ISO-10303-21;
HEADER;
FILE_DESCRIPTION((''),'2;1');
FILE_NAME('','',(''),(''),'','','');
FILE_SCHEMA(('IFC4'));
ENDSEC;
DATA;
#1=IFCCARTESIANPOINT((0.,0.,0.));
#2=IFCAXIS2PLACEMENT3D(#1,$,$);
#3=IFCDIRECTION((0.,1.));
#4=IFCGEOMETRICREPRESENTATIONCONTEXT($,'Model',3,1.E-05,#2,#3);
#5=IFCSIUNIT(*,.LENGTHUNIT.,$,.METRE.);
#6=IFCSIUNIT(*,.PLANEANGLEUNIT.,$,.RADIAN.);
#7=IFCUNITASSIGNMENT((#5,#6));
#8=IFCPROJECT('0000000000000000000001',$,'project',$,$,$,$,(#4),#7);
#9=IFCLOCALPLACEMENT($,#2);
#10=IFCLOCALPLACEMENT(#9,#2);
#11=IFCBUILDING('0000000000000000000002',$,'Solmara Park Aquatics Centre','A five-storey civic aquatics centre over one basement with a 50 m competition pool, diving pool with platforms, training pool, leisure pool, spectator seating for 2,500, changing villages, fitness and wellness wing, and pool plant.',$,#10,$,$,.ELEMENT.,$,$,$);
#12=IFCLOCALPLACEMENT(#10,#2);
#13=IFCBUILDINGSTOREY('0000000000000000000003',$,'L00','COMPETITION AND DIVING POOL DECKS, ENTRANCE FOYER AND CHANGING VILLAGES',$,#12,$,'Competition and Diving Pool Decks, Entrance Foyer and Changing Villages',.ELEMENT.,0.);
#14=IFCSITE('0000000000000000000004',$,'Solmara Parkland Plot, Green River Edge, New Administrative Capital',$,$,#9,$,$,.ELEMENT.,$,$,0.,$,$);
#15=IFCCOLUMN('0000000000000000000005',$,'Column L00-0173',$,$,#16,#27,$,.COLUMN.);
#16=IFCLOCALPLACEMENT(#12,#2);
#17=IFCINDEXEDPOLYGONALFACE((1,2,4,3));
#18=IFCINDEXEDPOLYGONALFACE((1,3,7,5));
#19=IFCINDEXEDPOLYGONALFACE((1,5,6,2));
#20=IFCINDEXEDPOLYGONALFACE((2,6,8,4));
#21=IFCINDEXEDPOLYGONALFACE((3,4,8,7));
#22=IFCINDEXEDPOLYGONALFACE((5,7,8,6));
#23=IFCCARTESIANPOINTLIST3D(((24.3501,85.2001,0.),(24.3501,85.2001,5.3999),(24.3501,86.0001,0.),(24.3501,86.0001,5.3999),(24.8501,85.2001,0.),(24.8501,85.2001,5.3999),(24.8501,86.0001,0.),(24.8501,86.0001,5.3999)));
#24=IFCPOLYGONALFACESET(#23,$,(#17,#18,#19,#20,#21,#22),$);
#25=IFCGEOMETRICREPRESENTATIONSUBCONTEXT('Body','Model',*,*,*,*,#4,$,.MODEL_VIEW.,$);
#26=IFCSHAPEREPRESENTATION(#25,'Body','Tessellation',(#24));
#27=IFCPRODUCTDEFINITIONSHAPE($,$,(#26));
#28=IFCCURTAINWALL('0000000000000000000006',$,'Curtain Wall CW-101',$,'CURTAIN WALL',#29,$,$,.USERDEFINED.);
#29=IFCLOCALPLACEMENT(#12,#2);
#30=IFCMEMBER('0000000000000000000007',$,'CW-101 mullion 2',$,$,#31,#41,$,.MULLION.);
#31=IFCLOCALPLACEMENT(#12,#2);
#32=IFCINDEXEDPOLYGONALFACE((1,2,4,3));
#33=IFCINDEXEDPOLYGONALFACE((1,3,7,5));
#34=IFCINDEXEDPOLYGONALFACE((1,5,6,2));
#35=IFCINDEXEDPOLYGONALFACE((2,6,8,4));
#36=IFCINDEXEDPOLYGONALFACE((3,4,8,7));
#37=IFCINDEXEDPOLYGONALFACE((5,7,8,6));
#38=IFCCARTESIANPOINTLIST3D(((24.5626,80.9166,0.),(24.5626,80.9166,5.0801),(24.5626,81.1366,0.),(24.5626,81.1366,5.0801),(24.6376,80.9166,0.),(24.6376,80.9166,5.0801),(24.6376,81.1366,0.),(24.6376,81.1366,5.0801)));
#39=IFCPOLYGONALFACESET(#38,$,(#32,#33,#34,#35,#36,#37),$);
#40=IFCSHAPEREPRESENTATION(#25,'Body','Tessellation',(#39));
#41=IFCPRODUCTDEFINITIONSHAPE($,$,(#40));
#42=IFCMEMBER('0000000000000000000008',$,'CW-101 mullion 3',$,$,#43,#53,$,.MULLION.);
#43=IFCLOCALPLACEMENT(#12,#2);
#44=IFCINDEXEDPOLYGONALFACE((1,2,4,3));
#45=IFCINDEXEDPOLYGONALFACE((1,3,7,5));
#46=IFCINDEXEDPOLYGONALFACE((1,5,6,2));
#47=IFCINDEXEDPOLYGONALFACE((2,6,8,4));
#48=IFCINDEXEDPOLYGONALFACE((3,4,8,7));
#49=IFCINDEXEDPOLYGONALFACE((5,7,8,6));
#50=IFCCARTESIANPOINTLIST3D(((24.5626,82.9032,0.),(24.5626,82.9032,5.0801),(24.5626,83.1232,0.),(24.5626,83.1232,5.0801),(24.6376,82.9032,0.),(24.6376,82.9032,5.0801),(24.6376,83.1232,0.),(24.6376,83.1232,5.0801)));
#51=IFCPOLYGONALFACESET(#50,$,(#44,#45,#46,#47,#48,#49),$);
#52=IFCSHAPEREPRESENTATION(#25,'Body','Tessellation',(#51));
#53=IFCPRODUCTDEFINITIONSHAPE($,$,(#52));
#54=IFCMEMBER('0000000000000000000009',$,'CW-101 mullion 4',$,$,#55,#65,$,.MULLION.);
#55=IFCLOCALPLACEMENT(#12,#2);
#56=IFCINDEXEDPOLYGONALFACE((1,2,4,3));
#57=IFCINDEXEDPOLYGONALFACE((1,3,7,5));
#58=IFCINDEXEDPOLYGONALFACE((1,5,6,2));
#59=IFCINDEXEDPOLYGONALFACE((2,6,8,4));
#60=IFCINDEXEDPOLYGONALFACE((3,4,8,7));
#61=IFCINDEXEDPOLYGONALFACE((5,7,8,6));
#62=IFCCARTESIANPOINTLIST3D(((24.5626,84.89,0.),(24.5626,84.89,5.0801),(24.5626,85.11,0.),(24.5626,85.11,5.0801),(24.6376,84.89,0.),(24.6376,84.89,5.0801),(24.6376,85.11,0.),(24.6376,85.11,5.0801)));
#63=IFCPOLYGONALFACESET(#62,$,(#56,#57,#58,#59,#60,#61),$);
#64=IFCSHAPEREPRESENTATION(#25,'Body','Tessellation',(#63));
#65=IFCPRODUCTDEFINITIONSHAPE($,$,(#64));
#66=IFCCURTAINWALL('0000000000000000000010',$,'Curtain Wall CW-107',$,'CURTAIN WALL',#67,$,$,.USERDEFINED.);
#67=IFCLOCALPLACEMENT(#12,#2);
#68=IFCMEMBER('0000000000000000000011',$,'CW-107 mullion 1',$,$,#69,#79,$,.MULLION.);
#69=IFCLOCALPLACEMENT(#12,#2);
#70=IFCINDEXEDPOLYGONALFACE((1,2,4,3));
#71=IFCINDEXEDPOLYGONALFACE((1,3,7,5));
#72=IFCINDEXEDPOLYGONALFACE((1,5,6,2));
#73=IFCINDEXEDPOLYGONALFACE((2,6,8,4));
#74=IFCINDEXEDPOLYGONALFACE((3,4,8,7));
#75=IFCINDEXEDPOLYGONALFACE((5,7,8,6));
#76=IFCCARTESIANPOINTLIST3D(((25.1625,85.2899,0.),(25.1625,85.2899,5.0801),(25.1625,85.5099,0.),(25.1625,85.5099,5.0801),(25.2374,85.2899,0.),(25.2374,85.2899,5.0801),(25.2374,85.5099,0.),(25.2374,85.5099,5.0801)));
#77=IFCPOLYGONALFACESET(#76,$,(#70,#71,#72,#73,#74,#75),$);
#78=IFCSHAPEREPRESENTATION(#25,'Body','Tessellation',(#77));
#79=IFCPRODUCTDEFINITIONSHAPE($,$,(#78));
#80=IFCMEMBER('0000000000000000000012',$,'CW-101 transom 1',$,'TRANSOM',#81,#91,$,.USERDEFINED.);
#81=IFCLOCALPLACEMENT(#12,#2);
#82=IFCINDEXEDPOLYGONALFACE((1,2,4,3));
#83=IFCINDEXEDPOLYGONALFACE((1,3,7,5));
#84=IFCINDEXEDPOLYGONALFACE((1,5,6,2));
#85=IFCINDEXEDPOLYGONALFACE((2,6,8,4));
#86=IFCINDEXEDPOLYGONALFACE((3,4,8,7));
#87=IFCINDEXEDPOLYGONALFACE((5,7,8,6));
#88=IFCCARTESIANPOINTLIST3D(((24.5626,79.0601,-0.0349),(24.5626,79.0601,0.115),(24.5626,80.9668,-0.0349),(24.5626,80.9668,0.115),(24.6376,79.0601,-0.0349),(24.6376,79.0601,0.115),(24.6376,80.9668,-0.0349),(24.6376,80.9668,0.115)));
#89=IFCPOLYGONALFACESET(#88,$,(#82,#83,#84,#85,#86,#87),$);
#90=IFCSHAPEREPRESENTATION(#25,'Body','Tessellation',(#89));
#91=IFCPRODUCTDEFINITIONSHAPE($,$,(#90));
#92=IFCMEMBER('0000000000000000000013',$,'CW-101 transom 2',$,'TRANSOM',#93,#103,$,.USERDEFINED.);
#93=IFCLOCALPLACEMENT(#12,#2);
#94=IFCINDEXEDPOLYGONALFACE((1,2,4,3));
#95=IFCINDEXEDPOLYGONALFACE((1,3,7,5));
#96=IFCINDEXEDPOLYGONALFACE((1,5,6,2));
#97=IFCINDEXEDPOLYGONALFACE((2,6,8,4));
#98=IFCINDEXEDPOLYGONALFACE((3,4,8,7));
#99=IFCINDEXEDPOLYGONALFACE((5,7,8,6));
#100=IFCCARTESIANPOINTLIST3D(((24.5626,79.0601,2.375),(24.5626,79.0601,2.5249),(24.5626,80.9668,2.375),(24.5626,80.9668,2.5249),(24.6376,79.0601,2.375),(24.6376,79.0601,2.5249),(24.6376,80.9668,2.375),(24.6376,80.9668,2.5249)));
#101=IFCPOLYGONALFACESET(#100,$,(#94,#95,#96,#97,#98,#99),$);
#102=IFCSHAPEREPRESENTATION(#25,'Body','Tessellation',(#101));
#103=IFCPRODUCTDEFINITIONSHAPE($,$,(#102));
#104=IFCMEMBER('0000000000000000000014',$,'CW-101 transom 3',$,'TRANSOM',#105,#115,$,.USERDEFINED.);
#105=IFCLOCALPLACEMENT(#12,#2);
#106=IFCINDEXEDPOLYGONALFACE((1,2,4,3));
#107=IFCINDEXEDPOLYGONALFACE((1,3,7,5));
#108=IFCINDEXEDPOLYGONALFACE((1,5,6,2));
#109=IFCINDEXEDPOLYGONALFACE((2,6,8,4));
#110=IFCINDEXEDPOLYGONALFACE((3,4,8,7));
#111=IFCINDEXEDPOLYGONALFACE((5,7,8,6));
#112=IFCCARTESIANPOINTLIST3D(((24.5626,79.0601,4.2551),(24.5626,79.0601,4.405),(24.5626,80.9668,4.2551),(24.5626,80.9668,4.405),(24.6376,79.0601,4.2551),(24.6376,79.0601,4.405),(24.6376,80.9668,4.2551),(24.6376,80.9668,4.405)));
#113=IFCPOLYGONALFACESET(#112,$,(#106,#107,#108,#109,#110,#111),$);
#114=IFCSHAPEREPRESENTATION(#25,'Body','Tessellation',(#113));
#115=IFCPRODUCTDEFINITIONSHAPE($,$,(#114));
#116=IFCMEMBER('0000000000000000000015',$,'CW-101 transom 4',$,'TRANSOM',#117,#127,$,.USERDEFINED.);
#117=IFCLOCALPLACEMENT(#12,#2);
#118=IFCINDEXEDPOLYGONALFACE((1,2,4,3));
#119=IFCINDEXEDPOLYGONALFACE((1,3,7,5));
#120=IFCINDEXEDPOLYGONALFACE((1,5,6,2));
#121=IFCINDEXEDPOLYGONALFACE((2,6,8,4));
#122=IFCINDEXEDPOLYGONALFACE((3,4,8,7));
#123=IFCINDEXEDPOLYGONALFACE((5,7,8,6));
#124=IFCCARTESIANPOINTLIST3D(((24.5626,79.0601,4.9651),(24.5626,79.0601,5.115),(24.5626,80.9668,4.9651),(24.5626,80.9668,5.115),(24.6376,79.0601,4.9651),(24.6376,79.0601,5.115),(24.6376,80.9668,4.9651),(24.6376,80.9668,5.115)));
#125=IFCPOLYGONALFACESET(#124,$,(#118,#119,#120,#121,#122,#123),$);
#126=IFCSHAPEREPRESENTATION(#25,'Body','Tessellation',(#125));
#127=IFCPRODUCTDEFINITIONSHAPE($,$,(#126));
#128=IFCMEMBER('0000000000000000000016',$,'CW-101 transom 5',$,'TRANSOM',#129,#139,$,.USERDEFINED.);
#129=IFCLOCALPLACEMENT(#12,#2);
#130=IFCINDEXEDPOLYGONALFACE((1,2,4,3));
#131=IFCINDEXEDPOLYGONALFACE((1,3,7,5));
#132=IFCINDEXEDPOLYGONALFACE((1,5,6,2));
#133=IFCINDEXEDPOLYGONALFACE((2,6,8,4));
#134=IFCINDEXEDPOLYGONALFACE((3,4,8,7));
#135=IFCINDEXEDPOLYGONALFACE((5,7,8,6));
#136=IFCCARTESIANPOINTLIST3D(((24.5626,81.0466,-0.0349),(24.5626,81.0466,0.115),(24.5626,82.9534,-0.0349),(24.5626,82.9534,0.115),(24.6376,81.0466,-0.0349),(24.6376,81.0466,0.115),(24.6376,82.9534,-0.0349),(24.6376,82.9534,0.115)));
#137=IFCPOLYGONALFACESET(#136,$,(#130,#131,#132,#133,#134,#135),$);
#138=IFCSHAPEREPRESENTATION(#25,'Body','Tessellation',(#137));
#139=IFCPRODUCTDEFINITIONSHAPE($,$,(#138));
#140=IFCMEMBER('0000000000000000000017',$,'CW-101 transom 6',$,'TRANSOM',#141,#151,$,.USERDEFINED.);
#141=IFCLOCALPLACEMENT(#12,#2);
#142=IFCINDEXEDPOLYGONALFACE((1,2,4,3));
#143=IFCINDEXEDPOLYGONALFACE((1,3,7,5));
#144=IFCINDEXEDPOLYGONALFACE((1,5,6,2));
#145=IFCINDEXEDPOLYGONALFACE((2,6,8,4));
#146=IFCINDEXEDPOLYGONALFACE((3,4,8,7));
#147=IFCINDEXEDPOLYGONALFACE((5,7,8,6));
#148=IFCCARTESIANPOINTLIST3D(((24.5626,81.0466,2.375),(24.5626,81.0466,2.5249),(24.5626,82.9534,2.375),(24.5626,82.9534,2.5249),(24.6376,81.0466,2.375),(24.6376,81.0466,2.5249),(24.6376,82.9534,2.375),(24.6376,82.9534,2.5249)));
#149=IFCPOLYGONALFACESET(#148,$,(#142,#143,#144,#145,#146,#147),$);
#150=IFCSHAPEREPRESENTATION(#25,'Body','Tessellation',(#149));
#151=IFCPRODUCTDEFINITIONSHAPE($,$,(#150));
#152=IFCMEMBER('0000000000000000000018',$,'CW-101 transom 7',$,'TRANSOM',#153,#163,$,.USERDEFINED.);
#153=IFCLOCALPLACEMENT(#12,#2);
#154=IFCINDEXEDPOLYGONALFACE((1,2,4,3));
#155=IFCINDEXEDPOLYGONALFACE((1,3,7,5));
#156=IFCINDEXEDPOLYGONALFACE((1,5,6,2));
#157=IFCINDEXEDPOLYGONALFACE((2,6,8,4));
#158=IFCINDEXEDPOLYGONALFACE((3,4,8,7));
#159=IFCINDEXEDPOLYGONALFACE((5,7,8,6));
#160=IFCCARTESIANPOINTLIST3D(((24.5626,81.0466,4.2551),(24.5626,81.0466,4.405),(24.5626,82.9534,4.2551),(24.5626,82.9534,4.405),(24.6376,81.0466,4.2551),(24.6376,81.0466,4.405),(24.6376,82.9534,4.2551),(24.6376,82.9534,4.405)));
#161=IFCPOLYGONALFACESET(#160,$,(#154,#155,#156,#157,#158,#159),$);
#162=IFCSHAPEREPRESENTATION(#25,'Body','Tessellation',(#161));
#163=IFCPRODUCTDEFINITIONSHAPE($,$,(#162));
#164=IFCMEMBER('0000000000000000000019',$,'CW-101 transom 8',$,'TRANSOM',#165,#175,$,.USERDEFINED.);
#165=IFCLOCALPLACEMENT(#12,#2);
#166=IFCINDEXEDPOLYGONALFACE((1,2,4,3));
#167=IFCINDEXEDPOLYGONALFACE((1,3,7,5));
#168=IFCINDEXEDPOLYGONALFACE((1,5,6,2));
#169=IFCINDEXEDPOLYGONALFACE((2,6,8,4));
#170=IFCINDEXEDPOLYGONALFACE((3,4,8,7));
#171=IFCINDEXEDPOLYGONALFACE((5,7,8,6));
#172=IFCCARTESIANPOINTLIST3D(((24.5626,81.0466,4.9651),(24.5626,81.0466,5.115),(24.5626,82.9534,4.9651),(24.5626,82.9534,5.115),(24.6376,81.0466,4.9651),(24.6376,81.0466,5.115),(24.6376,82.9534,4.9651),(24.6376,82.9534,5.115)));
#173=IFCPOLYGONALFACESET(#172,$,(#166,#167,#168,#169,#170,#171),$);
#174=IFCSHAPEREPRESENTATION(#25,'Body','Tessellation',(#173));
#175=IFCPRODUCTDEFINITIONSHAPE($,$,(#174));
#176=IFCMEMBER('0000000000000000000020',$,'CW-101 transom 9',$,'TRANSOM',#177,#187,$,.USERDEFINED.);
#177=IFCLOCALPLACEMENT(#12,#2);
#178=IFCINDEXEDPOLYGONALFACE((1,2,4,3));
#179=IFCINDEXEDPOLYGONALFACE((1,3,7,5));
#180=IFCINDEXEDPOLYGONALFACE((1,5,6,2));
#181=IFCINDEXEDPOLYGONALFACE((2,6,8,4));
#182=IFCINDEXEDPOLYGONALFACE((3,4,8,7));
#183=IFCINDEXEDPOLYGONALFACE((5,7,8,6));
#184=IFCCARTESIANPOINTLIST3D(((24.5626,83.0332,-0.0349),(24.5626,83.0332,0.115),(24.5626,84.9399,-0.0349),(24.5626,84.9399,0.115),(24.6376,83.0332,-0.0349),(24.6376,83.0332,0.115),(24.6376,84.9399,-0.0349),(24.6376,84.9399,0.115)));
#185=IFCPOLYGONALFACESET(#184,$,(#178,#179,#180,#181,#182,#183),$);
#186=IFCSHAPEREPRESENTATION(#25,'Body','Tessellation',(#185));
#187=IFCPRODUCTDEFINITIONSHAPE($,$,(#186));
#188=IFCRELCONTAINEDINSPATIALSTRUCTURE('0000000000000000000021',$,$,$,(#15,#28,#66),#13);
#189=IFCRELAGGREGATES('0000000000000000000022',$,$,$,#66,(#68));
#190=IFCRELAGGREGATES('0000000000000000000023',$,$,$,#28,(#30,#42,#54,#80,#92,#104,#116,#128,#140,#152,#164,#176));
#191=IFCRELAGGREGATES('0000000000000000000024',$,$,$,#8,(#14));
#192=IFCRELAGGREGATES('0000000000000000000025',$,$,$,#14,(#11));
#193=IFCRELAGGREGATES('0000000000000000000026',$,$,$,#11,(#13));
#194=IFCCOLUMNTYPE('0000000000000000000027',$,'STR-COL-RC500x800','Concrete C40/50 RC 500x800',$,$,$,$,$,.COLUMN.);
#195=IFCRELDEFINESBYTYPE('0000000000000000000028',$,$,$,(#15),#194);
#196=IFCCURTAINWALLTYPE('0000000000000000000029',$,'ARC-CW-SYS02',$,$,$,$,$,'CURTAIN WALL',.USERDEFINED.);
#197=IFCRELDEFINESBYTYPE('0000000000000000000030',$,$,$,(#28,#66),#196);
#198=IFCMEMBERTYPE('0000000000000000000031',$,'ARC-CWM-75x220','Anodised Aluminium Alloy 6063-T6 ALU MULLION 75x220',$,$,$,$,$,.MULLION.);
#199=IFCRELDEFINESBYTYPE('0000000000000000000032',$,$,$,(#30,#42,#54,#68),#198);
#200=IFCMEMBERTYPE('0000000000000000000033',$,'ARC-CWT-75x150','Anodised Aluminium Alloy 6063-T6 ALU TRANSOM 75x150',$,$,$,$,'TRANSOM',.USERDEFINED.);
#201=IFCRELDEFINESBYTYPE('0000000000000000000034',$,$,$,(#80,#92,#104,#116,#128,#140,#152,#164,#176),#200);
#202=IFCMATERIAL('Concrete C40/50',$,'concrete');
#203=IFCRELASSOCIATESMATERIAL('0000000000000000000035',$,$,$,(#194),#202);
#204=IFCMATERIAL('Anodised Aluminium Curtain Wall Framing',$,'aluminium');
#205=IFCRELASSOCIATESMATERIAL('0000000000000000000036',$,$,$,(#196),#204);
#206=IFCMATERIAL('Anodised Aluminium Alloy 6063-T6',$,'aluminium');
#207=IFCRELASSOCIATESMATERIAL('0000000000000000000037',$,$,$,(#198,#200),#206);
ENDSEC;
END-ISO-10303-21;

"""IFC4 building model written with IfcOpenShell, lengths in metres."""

from ifc_helpers import new_model, si_unit, direction, frame, origin, origin_2d, place, context, subcontext, project, spatial, rectangle, extrude, material, material_profile, profile_set, type_object, element, aggregate, save


model = new_model("IFC4")

# Units and contexts
model_context = context("Model", 3, precision=1e-05, world=origin(), true_north=direction((0.0, 1.0)))
body_context = subcontext(model_context, "Body", "Model", "MODEL_VIEW")
ifc_project = project(units=[si_unit("LENGTHUNIT", "METRE"), si_unit("PLANEANGLEUNIT", "RADIAN")], contexts=[model_context])

# Site, building, storey
site_placement = place(None, origin())
site = spatial("IfcSite", under=ifc_project, at=site_placement, Name="Solmara Parkland Plot, Green River Edge, New Administrative Capital", CompositionType="ELEMENT", RefElevation=0.0)
building_placement = place(site_placement, origin())
building = spatial("IfcBuilding", under=site, at=building_placement, Name="Solmara Park Aquatics Centre", Description="A five-storey civic aquatics centre over one basement with a 50 m competition pool, diving pool with platforms, training pool, leisure pool, spectator seating for 2,500, changing villages, fitness and wellness wing, and pool plant.", CompositionType="ELEMENT")
storey_placement = place(building_placement, origin())
storey = spatial("IfcBuildingStorey", under=building, at=storey_placement, Name="L00", Description="COMPETITION AND DIVING POOL DECKS, ENTRANCE FOYER AND CHANGING VILLAGES", LongName="Competition and Diving Pool Decks, Entrance Foyer and Changing Villages", CompositionType="ELEMENT", Elevation=0.0)

# Column
ifc_material_1 = material(Name="Concrete C40/50", Category="concrete")
ifc_material_profile_1 = material_profile(ifc_material_1, rectangle(XDim=0.5, YDim=0.8, at=origin_2d()), Name="RC 500x800")
ifc_profile_set_1 = profile_set([ifc_material_profile_1], Name="Concrete C40/50")
column_type = type_object("IfcColumnType", Name="STR-COL-RC500x800", Description="Concrete C40/50 RC 500x800", PredefinedType="COLUMN", material=ifc_profile_set_1)
column_placement = place(storey_placement, frame((24.6001, 85.6001, 0.0), z_axis=(0.0, 0.0, 1.0), x_axis=(1.0, 0.0, 0.0)))
element("IfcColumn", 1, at=column_placement, inside=storey, type_object=column_type, Name="Column L00-0173", PredefinedType="COLUMN", context=body_context, shape_type="SweptSolid", body=[
    extrude(rectangle(XDim=0.5, YDim=0.8, at=origin_2d()), origin(), (0.0, 0.0, 1.0), 5.3999),
])

# Curtain wall, members
ifc_material_2 = material(Name="Anodised Aluminium Curtain Wall Framing", Category="aluminium")
curtain_wall_type = type_object("IfcCurtainWallType", Name="ARC-CW-SYS02", ElementType="CURTAIN WALL", PredefinedType="USERDEFINED", material=ifc_material_2)
curtain_wall_1_placement = place(storey_placement, origin())
curtain_wall_1 = element("IfcCurtainWall", 2, at=curtain_wall_1_placement, inside=storey, type_object=curtain_wall_type, Name="Curtain Wall CW-101", ObjectType="CURTAIN WALL", PredefinedType="USERDEFINED")
ifc_material_3 = material(Name="Anodised Aluminium Alloy 6063-T6", Category="aluminium")
ifc_material_profile_2 = material_profile(ifc_material_3, rectangle(XDim=0.075, YDim=0.22, at=origin_2d()), Name="ALU MULLION 75x220")
ifc_profile_set_2 = profile_set([ifc_material_profile_2], Name="Anodised Aluminium Alloy 6063-T6")
member_type_1 = type_object("IfcMemberType", Name="ARC-CWM-75x220", Description="Anodised Aluminium Alloy 6063-T6 ALU MULLION 75x220", PredefinedType="MULLION", material=ifc_profile_set_2)
member_1_placement = place(storey_placement, frame((24.6001, 81.0266, 0.0), z_axis=(0.0, 0.0, 1.0), x_axis=(1.0, 0.0, 0.0)))
member_1 = element("IfcMember", 3, at=member_1_placement, type_object=member_type_1, Name="CW-101 mullion 2", PredefinedType="MULLION", context=body_context, shape_type="SweptSolid", body=[
    extrude(rectangle(XDim=0.075, YDim=0.22, at=origin_2d()), origin(), (0.0, 0.0, 1.0), 5.0801),
])
member_2_placement = place(storey_placement, frame((24.6001, 83.0132, 0.0), z_axis=(0.0, 0.0, 1.0), x_axis=(1.0, 0.0, 0.0)))
member_2 = element("IfcMember", 4, at=member_2_placement, type_object=member_type_1, Name="CW-101 mullion 3", PredefinedType="MULLION", context=body_context, shape_type="SweptSolid", body=[
    extrude(rectangle(XDim=0.075, YDim=0.22, at=origin_2d()), origin(), (0.0, 0.0, 1.0), 5.0801),
])
member_3_placement = place(storey_placement, frame((24.6001, 85.0, 0.0), z_axis=(0.0, 0.0, 1.0), x_axis=(1.0, 0.0, 0.0)))
member_3 = element("IfcMember", 5, at=member_3_placement, type_object=member_type_1, Name="CW-101 mullion 4", PredefinedType="MULLION", context=body_context, shape_type="SweptSolid", body=[
    extrude(rectangle(XDim=0.075, YDim=0.22, at=origin_2d()), origin(), (0.0, 0.0, 1.0), 5.0801),
])

# Curtain wall, member
curtain_wall_2_placement = place(storey_placement, origin())
curtain_wall_2 = element("IfcCurtainWall", 6, at=curtain_wall_2_placement, inside=storey, type_object=curtain_wall_type, Name="Curtain Wall CW-107", ObjectType="CURTAIN WALL", PredefinedType="USERDEFINED")
member_4_placement = place(storey_placement, frame((25.2, 85.3999, 0.0), z_axis=(0.0, 0.0, 1.0), x_axis=(1.0, 0.0, 0.0)))
member_4 = element("IfcMember", 7, at=member_4_placement, type_object=member_type_1, Name="CW-107 mullion 1", PredefinedType="MULLION", context=body_context, shape_type="SweptSolid", body=[
    extrude(rectangle(XDim=0.075, YDim=0.22, at=origin_2d()), origin(), (0.0, 0.0, 1.0), 5.0801),
])

# Members
ifc_material_profile_3 = material_profile(ifc_material_3, rectangle(XDim=0.075, YDim=0.1499, at=origin_2d()), Name="ALU TRANSOM 75x150")
ifc_profile_set_3 = profile_set([ifc_material_profile_3], Name="Anodised Aluminium Alloy 6063-T6")
member_type_2 = type_object("IfcMemberType", Name="ARC-CWT-75x150", Description="Anodised Aluminium Alloy 6063-T6 ALU TRANSOM 75x150", ElementType="TRANSOM", PredefinedType="USERDEFINED", material=ifc_profile_set_3)
member_5_placement = place(storey_placement, frame((24.6001, 79.0601, 0.04), z_axis=(0.0, 1.0, 0.0), x_axis=(-1.0, 0.0, 0.0)))
member_5 = element("IfcMember", 8, at=member_5_placement, type_object=member_type_2, Name="CW-101 transom 1", ObjectType="TRANSOM", PredefinedType="USERDEFINED", context=body_context, shape_type="SweptSolid", body=[
    extrude(rectangle(XDim=0.075, YDim=0.1499, at=origin_2d()), origin(), (0.0, 0.0, 1.0), 1.9067),
])
member_6_placement = place(storey_placement, frame((24.6001, 79.0601, 2.45), z_axis=(0.0, 1.0, 0.0), x_axis=(-1.0, 0.0, 0.0)))
member_6 = element("IfcMember", 9, at=member_6_placement, type_object=member_type_2, Name="CW-101 transom 2", ObjectType="TRANSOM", PredefinedType="USERDEFINED", context=body_context, shape_type="SweptSolid", body=[
    extrude(rectangle(XDim=0.075, YDim=0.1499, at=origin_2d()), origin(), (0.0, 0.0, 1.0), 1.9067),
])
member_7_placement = place(storey_placement, frame((24.6001, 79.0601, 4.3301), z_axis=(0.0, 1.0, 0.0), x_axis=(-1.0, 0.0, 0.0)))
member_7 = element("IfcMember", 10, at=member_7_placement, type_object=member_type_2, Name="CW-101 transom 3", ObjectType="TRANSOM", PredefinedType="USERDEFINED", context=body_context, shape_type="SweptSolid", body=[
    extrude(rectangle(XDim=0.075, YDim=0.1499, at=origin_2d()), origin(), (0.0, 0.0, 1.0), 1.9067),
])
member_8_placement = place(storey_placement, frame((24.6001, 79.0601, 5.04), z_axis=(0.0, 1.0, 0.0), x_axis=(-1.0, 0.0, 0.0)))
member_8 = element("IfcMember", 11, at=member_8_placement, type_object=member_type_2, Name="CW-101 transom 4", ObjectType="TRANSOM", PredefinedType="USERDEFINED", context=body_context, shape_type="SweptSolid", body=[
    extrude(rectangle(XDim=0.075, YDim=0.1499, at=origin_2d()), origin(), (0.0, 0.0, 1.0), 1.9067),
])
member_9_placement = place(storey_placement, frame((24.6001, 81.0466, 0.04), z_axis=(0.0, 1.0, 0.0), x_axis=(-1.0, 0.0, 0.0)))
member_9 = element("IfcMember", 12, at=member_9_placement, type_object=member_type_2, Name="CW-101 transom 5", ObjectType="TRANSOM", PredefinedType="USERDEFINED", context=body_context, shape_type="SweptSolid", body=[
    extrude(rectangle(XDim=0.075, YDim=0.1499, at=origin_2d()), origin(), (0.0, 0.0, 1.0), 1.9067),
])
member_10_placement = place(storey_placement, frame((24.6001, 81.0466, 2.45), z_axis=(0.0, 1.0, 0.0), x_axis=(-1.0, 0.0, 0.0)))
member_10 = element("IfcMember", 13, at=member_10_placement, type_object=member_type_2, Name="CW-101 transom 6", ObjectType="TRANSOM", PredefinedType="USERDEFINED", context=body_context, shape_type="SweptSolid", body=[
    extrude(rectangle(XDim=0.075, YDim=0.1499, at=origin_2d()), origin(), (0.0, 0.0, 1.0), 1.9067),
])
member_11_placement = place(storey_placement, frame((24.6001, 81.0466, 4.3301), z_axis=(0.0, 1.0, 0.0), x_axis=(-1.0, 0.0, 0.0)))
member_11 = element("IfcMember", 14, at=member_11_placement, type_object=member_type_2, Name="CW-101 transom 7", ObjectType="TRANSOM", PredefinedType="USERDEFINED", context=body_context, shape_type="SweptSolid", body=[
    extrude(rectangle(XDim=0.075, YDim=0.1499, at=origin_2d()), origin(), (0.0, 0.0, 1.0), 1.9067),
])
member_12_placement = place(storey_placement, frame((24.6001, 81.0466, 5.04), z_axis=(0.0, 1.0, 0.0), x_axis=(-1.0, 0.0, 0.0)))
member_12 = element("IfcMember", 15, at=member_12_placement, type_object=member_type_2, Name="CW-101 transom 8", ObjectType="TRANSOM", PredefinedType="USERDEFINED", context=body_context, shape_type="SweptSolid", body=[
    extrude(rectangle(XDim=0.075, YDim=0.1499, at=origin_2d()), origin(), (0.0, 0.0, 1.0), 1.9067),
])
member_13_placement = place(storey_placement, frame((24.6001, 83.0332, 0.04), z_axis=(0.0, 1.0, 0.0), x_axis=(-1.0, 0.0, 0.0)))
member_13 = element("IfcMember", 16, at=member_13_placement, type_object=member_type_2, Name="CW-101 transom 9", ObjectType="TRANSOM", PredefinedType="USERDEFINED", context=body_context, shape_type="SweptSolid", body=[
    extrude(rectangle(XDim=0.075, YDim=0.1499, at=origin_2d()), origin(), (0.0, 0.0, 1.0), 1.9067),
])

aggregate(curtain_wall_2, [member_4])
aggregate(curtain_wall_1, [member_1, member_2, member_3, member_5, member_6, member_7, member_8, member_9, member_10, member_11, member_12, member_13])

save(model, "model.ifc")
